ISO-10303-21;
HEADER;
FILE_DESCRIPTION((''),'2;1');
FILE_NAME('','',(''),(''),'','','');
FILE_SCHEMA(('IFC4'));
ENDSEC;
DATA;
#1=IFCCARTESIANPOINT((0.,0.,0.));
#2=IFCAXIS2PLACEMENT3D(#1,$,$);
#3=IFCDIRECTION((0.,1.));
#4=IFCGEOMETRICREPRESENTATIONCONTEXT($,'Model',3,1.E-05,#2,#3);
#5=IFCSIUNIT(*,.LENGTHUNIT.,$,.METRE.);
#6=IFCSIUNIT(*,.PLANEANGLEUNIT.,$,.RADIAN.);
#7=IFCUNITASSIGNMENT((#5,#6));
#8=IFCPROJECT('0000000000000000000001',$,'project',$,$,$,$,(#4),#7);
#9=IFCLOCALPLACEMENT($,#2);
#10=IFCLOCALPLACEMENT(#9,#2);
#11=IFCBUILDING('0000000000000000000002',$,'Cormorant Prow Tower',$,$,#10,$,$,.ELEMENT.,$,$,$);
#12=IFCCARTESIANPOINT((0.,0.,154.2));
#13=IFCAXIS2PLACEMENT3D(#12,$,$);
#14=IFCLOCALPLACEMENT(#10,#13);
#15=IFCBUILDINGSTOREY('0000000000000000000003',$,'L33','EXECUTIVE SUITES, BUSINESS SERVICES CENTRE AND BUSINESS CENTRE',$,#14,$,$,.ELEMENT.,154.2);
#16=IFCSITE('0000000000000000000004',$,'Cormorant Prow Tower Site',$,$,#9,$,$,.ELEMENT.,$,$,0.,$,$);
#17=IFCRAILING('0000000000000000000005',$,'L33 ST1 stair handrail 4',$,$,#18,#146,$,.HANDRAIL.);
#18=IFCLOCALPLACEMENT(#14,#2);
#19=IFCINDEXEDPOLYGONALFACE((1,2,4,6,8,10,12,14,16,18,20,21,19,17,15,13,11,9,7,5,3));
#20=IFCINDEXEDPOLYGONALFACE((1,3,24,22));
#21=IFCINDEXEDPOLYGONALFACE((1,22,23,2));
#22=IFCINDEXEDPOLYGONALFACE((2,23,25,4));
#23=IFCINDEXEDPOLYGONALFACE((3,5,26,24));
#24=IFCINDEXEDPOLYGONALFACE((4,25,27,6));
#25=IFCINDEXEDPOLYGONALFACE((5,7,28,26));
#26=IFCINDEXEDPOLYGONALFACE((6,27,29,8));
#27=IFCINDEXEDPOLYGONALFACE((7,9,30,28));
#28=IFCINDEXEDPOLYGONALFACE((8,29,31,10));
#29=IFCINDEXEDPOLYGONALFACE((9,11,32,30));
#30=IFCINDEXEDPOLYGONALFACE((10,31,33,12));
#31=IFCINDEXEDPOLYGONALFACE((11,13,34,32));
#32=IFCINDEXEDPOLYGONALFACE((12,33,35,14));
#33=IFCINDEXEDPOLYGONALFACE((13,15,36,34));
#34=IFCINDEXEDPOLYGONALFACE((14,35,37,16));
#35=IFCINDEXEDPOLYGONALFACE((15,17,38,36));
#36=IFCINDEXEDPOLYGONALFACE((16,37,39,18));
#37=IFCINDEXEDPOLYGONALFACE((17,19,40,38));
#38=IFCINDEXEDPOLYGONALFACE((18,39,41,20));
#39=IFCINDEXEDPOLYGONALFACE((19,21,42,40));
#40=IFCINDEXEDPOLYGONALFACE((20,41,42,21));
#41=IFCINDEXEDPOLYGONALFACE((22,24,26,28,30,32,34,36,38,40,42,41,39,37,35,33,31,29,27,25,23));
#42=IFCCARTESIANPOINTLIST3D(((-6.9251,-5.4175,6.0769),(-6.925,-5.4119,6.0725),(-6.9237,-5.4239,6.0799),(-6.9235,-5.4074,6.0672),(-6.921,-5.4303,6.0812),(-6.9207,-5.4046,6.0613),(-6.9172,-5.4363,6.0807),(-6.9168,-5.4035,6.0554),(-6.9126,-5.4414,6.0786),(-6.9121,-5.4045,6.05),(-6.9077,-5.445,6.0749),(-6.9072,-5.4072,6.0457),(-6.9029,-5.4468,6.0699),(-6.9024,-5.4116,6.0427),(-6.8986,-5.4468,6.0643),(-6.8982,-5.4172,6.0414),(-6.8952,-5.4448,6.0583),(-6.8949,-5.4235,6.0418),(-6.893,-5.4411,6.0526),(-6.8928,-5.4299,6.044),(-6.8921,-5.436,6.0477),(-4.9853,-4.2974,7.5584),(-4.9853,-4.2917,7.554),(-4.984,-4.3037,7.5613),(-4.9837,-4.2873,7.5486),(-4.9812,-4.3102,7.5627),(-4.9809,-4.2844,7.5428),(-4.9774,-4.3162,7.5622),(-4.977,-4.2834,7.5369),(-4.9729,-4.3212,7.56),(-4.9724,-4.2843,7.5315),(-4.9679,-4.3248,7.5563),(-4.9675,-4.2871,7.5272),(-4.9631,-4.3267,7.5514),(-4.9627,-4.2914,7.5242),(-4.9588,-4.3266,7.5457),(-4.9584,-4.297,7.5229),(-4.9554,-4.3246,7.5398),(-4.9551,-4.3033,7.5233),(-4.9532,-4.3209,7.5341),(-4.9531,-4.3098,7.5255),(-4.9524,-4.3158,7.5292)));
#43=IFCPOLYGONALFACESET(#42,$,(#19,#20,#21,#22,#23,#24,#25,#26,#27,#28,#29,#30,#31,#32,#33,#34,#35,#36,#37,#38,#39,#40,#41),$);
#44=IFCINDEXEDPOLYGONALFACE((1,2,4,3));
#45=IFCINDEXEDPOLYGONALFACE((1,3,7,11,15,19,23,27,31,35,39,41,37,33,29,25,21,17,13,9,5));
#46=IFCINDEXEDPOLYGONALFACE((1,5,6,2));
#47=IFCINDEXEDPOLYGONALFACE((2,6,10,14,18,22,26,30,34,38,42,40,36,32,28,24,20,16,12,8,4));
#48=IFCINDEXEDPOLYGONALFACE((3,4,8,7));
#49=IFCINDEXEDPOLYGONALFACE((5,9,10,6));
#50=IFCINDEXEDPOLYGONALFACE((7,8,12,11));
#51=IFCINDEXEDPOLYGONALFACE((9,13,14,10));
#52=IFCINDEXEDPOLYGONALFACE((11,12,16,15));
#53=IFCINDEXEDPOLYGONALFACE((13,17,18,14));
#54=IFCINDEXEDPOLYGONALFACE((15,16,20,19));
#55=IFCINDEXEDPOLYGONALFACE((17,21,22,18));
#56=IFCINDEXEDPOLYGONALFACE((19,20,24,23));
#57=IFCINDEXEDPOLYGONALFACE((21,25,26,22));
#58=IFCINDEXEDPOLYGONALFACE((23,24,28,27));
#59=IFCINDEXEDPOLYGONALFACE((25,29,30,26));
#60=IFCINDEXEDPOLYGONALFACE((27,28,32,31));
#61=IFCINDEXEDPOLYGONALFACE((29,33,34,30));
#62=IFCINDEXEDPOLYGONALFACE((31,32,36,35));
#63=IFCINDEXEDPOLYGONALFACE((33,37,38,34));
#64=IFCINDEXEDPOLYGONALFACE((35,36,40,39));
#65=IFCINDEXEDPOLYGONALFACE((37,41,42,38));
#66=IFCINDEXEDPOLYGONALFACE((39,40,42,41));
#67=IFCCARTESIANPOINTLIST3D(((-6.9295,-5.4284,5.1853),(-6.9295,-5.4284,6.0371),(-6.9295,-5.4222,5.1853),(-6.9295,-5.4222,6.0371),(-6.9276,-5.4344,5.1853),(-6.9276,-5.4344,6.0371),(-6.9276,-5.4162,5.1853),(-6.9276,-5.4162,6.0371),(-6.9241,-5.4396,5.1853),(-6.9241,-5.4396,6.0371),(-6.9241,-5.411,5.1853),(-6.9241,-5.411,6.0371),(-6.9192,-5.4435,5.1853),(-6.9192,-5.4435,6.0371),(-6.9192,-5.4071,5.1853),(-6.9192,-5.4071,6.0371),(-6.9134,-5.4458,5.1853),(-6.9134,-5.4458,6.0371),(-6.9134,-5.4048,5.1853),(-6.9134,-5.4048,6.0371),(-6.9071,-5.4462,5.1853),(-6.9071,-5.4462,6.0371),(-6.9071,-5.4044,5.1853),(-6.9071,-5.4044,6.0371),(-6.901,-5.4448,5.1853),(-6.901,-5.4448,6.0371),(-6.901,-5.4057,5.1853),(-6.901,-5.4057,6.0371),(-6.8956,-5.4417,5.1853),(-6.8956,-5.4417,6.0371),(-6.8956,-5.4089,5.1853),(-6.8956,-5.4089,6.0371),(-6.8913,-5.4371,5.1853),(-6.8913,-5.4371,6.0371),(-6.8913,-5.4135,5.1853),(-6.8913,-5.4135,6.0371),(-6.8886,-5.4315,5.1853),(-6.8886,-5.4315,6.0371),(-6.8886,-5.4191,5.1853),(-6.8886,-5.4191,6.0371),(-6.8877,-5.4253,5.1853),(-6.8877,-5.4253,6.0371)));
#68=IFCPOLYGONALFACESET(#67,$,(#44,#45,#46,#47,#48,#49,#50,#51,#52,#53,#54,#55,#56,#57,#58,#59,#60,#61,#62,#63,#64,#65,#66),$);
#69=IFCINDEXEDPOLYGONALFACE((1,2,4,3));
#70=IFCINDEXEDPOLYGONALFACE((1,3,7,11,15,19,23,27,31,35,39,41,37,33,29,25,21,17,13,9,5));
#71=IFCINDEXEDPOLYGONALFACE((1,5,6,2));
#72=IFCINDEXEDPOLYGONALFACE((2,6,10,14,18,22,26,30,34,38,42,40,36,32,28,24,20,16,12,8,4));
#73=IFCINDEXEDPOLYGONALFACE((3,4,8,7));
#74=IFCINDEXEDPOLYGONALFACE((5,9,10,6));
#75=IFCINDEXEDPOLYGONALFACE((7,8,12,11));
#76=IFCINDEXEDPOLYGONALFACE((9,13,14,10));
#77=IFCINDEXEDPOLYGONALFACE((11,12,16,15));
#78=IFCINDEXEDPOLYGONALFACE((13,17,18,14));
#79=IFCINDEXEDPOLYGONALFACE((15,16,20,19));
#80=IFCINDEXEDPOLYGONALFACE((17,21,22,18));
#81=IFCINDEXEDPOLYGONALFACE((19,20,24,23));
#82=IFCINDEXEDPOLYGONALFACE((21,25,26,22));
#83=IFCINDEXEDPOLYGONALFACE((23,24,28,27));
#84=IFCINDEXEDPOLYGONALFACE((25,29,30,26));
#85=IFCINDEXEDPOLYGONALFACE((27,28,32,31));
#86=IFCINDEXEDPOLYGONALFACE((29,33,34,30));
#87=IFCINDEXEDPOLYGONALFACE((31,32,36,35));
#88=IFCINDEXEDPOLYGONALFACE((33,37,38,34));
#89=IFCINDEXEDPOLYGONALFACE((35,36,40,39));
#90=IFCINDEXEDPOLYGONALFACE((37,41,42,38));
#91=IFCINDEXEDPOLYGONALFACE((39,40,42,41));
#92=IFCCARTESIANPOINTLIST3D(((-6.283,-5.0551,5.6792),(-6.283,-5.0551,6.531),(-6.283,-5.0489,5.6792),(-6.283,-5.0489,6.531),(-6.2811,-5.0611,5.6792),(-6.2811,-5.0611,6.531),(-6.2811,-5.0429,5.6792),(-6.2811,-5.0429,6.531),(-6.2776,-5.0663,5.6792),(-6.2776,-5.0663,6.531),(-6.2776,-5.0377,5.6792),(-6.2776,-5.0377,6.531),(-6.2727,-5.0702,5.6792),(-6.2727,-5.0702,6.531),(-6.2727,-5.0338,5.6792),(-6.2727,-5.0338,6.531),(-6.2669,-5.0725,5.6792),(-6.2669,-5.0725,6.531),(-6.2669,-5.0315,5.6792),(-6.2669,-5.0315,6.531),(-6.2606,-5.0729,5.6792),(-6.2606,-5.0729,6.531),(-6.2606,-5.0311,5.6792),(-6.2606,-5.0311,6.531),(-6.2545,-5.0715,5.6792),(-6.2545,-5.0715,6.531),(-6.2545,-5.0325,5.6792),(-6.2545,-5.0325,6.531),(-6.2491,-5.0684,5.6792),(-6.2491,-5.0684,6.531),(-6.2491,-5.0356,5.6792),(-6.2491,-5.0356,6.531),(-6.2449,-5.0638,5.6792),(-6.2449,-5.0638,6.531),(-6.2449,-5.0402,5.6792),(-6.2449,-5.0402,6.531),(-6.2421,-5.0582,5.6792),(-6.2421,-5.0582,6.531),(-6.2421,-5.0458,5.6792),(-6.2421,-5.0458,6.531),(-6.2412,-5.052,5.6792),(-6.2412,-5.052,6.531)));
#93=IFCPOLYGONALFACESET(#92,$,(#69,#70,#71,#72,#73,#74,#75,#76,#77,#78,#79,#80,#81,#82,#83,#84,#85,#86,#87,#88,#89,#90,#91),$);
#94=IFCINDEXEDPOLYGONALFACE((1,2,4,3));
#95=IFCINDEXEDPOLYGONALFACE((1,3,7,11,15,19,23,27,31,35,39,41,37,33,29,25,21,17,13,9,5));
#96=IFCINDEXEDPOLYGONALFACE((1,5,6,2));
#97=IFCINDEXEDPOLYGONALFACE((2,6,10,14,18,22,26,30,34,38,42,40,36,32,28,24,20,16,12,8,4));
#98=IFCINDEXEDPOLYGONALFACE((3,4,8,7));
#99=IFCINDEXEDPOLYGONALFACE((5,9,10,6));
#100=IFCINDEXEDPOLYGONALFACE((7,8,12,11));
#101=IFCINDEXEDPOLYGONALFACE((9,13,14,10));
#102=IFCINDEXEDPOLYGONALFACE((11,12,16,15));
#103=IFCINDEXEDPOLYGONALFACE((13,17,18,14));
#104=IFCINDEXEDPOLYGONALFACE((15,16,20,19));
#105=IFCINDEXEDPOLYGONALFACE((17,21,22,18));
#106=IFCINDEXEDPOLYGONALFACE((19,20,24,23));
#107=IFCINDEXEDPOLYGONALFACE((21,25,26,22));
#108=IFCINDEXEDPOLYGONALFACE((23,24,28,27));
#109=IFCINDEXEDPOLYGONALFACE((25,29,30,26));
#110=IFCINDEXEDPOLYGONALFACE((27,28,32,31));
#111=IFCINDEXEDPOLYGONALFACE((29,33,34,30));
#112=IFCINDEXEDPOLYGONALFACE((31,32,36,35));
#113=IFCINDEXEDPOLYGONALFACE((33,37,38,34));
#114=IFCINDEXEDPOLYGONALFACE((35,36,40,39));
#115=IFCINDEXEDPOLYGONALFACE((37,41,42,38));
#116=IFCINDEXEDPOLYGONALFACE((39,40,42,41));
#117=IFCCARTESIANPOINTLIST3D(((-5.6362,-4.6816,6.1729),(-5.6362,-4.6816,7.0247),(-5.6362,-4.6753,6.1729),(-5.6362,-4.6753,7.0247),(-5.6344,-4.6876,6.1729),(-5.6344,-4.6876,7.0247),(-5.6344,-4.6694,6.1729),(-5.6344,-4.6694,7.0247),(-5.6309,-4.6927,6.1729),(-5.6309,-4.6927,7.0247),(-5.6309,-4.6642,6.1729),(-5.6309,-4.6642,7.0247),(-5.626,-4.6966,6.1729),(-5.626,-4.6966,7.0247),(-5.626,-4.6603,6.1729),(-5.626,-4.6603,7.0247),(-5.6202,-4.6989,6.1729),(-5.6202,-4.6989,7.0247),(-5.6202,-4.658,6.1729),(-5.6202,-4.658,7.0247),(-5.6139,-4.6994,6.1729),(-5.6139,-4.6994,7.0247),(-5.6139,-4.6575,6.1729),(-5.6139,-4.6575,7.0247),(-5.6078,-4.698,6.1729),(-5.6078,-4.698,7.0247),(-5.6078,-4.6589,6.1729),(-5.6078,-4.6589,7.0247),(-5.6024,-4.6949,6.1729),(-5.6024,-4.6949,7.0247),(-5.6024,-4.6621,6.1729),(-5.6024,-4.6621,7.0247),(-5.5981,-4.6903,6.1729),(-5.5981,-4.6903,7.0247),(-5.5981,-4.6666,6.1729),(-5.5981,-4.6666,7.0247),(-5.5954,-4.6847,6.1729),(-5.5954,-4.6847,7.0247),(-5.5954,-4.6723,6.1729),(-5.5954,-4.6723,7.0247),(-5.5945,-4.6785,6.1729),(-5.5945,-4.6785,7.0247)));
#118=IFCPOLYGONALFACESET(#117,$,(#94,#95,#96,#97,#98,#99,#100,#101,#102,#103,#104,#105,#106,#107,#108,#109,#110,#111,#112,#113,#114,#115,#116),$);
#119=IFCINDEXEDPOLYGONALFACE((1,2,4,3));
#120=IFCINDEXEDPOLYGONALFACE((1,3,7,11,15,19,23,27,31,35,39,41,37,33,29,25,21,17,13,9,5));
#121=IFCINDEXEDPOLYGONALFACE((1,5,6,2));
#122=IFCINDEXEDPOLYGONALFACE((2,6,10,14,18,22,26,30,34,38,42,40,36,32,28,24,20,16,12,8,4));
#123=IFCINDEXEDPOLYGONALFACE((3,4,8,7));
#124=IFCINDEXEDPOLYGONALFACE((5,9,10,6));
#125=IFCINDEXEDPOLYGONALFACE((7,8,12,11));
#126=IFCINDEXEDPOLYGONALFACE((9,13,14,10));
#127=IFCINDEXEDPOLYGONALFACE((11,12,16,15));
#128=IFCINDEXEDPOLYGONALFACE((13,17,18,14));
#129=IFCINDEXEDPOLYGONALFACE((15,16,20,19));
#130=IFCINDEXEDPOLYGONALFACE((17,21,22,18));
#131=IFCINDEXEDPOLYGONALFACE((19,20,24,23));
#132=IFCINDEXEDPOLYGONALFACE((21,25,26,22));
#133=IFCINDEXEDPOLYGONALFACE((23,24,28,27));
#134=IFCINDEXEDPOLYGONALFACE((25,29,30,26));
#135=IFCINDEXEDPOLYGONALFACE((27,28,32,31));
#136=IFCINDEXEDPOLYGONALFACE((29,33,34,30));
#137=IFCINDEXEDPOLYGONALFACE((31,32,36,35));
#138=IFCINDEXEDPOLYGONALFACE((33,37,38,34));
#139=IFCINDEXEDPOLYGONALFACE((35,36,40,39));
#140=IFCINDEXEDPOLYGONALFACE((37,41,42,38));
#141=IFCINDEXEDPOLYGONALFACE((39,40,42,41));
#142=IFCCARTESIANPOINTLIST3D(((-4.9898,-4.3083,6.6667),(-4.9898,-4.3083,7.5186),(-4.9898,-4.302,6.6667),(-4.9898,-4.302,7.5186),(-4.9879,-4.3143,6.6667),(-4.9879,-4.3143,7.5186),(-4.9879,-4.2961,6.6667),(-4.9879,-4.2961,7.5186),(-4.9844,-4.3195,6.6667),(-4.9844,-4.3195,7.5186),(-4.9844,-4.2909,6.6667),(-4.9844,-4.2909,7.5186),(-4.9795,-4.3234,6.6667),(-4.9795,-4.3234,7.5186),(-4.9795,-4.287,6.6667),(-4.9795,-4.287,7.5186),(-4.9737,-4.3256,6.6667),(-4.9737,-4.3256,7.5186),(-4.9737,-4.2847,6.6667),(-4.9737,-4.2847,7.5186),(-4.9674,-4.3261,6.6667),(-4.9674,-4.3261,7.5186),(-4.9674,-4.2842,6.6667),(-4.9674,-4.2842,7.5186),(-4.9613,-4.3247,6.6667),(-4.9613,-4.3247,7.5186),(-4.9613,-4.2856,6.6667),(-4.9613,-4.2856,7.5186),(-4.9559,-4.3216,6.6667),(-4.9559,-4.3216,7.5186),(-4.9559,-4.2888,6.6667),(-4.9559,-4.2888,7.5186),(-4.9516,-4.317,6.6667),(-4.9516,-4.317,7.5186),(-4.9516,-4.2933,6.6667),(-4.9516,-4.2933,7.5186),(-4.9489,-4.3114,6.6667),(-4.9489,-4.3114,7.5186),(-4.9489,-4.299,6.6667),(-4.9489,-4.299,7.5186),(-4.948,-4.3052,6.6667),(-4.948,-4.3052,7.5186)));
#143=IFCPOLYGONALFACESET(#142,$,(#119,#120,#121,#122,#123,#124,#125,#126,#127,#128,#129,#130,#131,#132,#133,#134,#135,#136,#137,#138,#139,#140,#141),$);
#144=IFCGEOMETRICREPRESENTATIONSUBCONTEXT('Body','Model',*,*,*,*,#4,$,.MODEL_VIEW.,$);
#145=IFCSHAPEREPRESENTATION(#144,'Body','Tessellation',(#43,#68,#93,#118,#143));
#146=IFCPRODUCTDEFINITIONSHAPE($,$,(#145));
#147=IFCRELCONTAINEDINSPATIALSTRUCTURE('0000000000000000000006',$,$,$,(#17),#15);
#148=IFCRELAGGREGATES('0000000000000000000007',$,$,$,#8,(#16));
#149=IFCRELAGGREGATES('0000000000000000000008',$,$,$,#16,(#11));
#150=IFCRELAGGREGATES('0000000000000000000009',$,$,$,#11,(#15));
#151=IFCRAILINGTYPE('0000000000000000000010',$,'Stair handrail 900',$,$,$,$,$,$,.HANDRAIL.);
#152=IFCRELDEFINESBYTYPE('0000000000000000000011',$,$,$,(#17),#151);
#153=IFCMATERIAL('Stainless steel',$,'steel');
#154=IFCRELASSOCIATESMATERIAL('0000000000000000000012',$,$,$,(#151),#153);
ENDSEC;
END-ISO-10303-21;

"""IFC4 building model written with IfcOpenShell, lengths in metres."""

from ifc_helpers import new_model, si_unit, direction, frame, origin, origin_2d, place, context, subcontext, project, spatial, circle, extrude, material, type_object, element, save


model = new_model("IFC4")

# Units and contexts
model_context = context("Model", 3, precision=1e-05, world=origin(), true_north=direction((0.0, 1.0)))
body_context = subcontext(model_context, "Body", "Model", "MODEL_VIEW")
ifc_project = project(units=[si_unit("LENGTHUNIT", "METRE"), si_unit("PLANEANGLEUNIT", "RADIAN")], contexts=[model_context])

# Site, building, storey
site_placement = place(None, origin())
site = spatial("IfcSite", under=ifc_project, at=site_placement, Name="Cormorant Prow Tower Site", CompositionType="ELEMENT", RefElevation=0.0)
building_placement = place(site_placement, origin())
building = spatial("IfcBuilding", under=site, at=building_placement, Name="Cormorant Prow Tower", CompositionType="ELEMENT")
storey_placement = place(building_placement, frame((0.0, 0.0, 154.2)))
storey = spatial("IfcBuildingStorey", under=building, at=storey_placement, Name="L33", Description="EXECUTIVE SUITES, BUSINESS SERVICES CENTRE AND BUSINESS CENTRE", CompositionType="ELEMENT", Elevation=154.2)

# Railing
ifc_material_1 = material(Name="Stainless steel", Category="steel")
railing_type = type_object("IfcRailingType", Name="Stair handrail 900", PredefinedType="HANDRAIL", material=ifc_material_1)
railing_1_placement = place(storey_placement, frame((-6.9087, -5.4253, 5.1853)))
element("IfcRailing", 1, at=railing_1_placement, inside=storey, type_object=railing_type, Name="L33 ST1 stair handrail 4", PredefinedType="HANDRAIL", context=body_context, shape_type="SweptSolid", body=[
    extrude(circle(Radius=0.0239, at=origin_2d()), frame((0.0, 0.0, 0.876), z_axis=(0.722292, 0.417102, 0.551651), x_axis=(-0.500078, 0.86598, 0.0)), (0.0, 0.0, 1.0), 2.6855),
    extrude(circle(Radius=0.021, at=origin_2d()), origin(), (0.0, 0.0, 1.0), 0.8518),
    extrude(circle(Radius=0.021, at=origin_2d()), frame((0.6465, 0.3733, 0.4939)), (0.0, 0.0, 1.0), 0.8518),
    extrude(circle(Radius=0.021, at=origin_2d()), frame((1.2932, 0.7468, 0.9875)), (0.0, 0.0, 1.0), 0.8518),
    extrude(circle(Radius=0.021, at=origin_2d()), frame((1.9397, 1.1201, 1.4814)), (0.0, 0.0, 1.0), 0.8518),
])

save(model, "model.ifc")
